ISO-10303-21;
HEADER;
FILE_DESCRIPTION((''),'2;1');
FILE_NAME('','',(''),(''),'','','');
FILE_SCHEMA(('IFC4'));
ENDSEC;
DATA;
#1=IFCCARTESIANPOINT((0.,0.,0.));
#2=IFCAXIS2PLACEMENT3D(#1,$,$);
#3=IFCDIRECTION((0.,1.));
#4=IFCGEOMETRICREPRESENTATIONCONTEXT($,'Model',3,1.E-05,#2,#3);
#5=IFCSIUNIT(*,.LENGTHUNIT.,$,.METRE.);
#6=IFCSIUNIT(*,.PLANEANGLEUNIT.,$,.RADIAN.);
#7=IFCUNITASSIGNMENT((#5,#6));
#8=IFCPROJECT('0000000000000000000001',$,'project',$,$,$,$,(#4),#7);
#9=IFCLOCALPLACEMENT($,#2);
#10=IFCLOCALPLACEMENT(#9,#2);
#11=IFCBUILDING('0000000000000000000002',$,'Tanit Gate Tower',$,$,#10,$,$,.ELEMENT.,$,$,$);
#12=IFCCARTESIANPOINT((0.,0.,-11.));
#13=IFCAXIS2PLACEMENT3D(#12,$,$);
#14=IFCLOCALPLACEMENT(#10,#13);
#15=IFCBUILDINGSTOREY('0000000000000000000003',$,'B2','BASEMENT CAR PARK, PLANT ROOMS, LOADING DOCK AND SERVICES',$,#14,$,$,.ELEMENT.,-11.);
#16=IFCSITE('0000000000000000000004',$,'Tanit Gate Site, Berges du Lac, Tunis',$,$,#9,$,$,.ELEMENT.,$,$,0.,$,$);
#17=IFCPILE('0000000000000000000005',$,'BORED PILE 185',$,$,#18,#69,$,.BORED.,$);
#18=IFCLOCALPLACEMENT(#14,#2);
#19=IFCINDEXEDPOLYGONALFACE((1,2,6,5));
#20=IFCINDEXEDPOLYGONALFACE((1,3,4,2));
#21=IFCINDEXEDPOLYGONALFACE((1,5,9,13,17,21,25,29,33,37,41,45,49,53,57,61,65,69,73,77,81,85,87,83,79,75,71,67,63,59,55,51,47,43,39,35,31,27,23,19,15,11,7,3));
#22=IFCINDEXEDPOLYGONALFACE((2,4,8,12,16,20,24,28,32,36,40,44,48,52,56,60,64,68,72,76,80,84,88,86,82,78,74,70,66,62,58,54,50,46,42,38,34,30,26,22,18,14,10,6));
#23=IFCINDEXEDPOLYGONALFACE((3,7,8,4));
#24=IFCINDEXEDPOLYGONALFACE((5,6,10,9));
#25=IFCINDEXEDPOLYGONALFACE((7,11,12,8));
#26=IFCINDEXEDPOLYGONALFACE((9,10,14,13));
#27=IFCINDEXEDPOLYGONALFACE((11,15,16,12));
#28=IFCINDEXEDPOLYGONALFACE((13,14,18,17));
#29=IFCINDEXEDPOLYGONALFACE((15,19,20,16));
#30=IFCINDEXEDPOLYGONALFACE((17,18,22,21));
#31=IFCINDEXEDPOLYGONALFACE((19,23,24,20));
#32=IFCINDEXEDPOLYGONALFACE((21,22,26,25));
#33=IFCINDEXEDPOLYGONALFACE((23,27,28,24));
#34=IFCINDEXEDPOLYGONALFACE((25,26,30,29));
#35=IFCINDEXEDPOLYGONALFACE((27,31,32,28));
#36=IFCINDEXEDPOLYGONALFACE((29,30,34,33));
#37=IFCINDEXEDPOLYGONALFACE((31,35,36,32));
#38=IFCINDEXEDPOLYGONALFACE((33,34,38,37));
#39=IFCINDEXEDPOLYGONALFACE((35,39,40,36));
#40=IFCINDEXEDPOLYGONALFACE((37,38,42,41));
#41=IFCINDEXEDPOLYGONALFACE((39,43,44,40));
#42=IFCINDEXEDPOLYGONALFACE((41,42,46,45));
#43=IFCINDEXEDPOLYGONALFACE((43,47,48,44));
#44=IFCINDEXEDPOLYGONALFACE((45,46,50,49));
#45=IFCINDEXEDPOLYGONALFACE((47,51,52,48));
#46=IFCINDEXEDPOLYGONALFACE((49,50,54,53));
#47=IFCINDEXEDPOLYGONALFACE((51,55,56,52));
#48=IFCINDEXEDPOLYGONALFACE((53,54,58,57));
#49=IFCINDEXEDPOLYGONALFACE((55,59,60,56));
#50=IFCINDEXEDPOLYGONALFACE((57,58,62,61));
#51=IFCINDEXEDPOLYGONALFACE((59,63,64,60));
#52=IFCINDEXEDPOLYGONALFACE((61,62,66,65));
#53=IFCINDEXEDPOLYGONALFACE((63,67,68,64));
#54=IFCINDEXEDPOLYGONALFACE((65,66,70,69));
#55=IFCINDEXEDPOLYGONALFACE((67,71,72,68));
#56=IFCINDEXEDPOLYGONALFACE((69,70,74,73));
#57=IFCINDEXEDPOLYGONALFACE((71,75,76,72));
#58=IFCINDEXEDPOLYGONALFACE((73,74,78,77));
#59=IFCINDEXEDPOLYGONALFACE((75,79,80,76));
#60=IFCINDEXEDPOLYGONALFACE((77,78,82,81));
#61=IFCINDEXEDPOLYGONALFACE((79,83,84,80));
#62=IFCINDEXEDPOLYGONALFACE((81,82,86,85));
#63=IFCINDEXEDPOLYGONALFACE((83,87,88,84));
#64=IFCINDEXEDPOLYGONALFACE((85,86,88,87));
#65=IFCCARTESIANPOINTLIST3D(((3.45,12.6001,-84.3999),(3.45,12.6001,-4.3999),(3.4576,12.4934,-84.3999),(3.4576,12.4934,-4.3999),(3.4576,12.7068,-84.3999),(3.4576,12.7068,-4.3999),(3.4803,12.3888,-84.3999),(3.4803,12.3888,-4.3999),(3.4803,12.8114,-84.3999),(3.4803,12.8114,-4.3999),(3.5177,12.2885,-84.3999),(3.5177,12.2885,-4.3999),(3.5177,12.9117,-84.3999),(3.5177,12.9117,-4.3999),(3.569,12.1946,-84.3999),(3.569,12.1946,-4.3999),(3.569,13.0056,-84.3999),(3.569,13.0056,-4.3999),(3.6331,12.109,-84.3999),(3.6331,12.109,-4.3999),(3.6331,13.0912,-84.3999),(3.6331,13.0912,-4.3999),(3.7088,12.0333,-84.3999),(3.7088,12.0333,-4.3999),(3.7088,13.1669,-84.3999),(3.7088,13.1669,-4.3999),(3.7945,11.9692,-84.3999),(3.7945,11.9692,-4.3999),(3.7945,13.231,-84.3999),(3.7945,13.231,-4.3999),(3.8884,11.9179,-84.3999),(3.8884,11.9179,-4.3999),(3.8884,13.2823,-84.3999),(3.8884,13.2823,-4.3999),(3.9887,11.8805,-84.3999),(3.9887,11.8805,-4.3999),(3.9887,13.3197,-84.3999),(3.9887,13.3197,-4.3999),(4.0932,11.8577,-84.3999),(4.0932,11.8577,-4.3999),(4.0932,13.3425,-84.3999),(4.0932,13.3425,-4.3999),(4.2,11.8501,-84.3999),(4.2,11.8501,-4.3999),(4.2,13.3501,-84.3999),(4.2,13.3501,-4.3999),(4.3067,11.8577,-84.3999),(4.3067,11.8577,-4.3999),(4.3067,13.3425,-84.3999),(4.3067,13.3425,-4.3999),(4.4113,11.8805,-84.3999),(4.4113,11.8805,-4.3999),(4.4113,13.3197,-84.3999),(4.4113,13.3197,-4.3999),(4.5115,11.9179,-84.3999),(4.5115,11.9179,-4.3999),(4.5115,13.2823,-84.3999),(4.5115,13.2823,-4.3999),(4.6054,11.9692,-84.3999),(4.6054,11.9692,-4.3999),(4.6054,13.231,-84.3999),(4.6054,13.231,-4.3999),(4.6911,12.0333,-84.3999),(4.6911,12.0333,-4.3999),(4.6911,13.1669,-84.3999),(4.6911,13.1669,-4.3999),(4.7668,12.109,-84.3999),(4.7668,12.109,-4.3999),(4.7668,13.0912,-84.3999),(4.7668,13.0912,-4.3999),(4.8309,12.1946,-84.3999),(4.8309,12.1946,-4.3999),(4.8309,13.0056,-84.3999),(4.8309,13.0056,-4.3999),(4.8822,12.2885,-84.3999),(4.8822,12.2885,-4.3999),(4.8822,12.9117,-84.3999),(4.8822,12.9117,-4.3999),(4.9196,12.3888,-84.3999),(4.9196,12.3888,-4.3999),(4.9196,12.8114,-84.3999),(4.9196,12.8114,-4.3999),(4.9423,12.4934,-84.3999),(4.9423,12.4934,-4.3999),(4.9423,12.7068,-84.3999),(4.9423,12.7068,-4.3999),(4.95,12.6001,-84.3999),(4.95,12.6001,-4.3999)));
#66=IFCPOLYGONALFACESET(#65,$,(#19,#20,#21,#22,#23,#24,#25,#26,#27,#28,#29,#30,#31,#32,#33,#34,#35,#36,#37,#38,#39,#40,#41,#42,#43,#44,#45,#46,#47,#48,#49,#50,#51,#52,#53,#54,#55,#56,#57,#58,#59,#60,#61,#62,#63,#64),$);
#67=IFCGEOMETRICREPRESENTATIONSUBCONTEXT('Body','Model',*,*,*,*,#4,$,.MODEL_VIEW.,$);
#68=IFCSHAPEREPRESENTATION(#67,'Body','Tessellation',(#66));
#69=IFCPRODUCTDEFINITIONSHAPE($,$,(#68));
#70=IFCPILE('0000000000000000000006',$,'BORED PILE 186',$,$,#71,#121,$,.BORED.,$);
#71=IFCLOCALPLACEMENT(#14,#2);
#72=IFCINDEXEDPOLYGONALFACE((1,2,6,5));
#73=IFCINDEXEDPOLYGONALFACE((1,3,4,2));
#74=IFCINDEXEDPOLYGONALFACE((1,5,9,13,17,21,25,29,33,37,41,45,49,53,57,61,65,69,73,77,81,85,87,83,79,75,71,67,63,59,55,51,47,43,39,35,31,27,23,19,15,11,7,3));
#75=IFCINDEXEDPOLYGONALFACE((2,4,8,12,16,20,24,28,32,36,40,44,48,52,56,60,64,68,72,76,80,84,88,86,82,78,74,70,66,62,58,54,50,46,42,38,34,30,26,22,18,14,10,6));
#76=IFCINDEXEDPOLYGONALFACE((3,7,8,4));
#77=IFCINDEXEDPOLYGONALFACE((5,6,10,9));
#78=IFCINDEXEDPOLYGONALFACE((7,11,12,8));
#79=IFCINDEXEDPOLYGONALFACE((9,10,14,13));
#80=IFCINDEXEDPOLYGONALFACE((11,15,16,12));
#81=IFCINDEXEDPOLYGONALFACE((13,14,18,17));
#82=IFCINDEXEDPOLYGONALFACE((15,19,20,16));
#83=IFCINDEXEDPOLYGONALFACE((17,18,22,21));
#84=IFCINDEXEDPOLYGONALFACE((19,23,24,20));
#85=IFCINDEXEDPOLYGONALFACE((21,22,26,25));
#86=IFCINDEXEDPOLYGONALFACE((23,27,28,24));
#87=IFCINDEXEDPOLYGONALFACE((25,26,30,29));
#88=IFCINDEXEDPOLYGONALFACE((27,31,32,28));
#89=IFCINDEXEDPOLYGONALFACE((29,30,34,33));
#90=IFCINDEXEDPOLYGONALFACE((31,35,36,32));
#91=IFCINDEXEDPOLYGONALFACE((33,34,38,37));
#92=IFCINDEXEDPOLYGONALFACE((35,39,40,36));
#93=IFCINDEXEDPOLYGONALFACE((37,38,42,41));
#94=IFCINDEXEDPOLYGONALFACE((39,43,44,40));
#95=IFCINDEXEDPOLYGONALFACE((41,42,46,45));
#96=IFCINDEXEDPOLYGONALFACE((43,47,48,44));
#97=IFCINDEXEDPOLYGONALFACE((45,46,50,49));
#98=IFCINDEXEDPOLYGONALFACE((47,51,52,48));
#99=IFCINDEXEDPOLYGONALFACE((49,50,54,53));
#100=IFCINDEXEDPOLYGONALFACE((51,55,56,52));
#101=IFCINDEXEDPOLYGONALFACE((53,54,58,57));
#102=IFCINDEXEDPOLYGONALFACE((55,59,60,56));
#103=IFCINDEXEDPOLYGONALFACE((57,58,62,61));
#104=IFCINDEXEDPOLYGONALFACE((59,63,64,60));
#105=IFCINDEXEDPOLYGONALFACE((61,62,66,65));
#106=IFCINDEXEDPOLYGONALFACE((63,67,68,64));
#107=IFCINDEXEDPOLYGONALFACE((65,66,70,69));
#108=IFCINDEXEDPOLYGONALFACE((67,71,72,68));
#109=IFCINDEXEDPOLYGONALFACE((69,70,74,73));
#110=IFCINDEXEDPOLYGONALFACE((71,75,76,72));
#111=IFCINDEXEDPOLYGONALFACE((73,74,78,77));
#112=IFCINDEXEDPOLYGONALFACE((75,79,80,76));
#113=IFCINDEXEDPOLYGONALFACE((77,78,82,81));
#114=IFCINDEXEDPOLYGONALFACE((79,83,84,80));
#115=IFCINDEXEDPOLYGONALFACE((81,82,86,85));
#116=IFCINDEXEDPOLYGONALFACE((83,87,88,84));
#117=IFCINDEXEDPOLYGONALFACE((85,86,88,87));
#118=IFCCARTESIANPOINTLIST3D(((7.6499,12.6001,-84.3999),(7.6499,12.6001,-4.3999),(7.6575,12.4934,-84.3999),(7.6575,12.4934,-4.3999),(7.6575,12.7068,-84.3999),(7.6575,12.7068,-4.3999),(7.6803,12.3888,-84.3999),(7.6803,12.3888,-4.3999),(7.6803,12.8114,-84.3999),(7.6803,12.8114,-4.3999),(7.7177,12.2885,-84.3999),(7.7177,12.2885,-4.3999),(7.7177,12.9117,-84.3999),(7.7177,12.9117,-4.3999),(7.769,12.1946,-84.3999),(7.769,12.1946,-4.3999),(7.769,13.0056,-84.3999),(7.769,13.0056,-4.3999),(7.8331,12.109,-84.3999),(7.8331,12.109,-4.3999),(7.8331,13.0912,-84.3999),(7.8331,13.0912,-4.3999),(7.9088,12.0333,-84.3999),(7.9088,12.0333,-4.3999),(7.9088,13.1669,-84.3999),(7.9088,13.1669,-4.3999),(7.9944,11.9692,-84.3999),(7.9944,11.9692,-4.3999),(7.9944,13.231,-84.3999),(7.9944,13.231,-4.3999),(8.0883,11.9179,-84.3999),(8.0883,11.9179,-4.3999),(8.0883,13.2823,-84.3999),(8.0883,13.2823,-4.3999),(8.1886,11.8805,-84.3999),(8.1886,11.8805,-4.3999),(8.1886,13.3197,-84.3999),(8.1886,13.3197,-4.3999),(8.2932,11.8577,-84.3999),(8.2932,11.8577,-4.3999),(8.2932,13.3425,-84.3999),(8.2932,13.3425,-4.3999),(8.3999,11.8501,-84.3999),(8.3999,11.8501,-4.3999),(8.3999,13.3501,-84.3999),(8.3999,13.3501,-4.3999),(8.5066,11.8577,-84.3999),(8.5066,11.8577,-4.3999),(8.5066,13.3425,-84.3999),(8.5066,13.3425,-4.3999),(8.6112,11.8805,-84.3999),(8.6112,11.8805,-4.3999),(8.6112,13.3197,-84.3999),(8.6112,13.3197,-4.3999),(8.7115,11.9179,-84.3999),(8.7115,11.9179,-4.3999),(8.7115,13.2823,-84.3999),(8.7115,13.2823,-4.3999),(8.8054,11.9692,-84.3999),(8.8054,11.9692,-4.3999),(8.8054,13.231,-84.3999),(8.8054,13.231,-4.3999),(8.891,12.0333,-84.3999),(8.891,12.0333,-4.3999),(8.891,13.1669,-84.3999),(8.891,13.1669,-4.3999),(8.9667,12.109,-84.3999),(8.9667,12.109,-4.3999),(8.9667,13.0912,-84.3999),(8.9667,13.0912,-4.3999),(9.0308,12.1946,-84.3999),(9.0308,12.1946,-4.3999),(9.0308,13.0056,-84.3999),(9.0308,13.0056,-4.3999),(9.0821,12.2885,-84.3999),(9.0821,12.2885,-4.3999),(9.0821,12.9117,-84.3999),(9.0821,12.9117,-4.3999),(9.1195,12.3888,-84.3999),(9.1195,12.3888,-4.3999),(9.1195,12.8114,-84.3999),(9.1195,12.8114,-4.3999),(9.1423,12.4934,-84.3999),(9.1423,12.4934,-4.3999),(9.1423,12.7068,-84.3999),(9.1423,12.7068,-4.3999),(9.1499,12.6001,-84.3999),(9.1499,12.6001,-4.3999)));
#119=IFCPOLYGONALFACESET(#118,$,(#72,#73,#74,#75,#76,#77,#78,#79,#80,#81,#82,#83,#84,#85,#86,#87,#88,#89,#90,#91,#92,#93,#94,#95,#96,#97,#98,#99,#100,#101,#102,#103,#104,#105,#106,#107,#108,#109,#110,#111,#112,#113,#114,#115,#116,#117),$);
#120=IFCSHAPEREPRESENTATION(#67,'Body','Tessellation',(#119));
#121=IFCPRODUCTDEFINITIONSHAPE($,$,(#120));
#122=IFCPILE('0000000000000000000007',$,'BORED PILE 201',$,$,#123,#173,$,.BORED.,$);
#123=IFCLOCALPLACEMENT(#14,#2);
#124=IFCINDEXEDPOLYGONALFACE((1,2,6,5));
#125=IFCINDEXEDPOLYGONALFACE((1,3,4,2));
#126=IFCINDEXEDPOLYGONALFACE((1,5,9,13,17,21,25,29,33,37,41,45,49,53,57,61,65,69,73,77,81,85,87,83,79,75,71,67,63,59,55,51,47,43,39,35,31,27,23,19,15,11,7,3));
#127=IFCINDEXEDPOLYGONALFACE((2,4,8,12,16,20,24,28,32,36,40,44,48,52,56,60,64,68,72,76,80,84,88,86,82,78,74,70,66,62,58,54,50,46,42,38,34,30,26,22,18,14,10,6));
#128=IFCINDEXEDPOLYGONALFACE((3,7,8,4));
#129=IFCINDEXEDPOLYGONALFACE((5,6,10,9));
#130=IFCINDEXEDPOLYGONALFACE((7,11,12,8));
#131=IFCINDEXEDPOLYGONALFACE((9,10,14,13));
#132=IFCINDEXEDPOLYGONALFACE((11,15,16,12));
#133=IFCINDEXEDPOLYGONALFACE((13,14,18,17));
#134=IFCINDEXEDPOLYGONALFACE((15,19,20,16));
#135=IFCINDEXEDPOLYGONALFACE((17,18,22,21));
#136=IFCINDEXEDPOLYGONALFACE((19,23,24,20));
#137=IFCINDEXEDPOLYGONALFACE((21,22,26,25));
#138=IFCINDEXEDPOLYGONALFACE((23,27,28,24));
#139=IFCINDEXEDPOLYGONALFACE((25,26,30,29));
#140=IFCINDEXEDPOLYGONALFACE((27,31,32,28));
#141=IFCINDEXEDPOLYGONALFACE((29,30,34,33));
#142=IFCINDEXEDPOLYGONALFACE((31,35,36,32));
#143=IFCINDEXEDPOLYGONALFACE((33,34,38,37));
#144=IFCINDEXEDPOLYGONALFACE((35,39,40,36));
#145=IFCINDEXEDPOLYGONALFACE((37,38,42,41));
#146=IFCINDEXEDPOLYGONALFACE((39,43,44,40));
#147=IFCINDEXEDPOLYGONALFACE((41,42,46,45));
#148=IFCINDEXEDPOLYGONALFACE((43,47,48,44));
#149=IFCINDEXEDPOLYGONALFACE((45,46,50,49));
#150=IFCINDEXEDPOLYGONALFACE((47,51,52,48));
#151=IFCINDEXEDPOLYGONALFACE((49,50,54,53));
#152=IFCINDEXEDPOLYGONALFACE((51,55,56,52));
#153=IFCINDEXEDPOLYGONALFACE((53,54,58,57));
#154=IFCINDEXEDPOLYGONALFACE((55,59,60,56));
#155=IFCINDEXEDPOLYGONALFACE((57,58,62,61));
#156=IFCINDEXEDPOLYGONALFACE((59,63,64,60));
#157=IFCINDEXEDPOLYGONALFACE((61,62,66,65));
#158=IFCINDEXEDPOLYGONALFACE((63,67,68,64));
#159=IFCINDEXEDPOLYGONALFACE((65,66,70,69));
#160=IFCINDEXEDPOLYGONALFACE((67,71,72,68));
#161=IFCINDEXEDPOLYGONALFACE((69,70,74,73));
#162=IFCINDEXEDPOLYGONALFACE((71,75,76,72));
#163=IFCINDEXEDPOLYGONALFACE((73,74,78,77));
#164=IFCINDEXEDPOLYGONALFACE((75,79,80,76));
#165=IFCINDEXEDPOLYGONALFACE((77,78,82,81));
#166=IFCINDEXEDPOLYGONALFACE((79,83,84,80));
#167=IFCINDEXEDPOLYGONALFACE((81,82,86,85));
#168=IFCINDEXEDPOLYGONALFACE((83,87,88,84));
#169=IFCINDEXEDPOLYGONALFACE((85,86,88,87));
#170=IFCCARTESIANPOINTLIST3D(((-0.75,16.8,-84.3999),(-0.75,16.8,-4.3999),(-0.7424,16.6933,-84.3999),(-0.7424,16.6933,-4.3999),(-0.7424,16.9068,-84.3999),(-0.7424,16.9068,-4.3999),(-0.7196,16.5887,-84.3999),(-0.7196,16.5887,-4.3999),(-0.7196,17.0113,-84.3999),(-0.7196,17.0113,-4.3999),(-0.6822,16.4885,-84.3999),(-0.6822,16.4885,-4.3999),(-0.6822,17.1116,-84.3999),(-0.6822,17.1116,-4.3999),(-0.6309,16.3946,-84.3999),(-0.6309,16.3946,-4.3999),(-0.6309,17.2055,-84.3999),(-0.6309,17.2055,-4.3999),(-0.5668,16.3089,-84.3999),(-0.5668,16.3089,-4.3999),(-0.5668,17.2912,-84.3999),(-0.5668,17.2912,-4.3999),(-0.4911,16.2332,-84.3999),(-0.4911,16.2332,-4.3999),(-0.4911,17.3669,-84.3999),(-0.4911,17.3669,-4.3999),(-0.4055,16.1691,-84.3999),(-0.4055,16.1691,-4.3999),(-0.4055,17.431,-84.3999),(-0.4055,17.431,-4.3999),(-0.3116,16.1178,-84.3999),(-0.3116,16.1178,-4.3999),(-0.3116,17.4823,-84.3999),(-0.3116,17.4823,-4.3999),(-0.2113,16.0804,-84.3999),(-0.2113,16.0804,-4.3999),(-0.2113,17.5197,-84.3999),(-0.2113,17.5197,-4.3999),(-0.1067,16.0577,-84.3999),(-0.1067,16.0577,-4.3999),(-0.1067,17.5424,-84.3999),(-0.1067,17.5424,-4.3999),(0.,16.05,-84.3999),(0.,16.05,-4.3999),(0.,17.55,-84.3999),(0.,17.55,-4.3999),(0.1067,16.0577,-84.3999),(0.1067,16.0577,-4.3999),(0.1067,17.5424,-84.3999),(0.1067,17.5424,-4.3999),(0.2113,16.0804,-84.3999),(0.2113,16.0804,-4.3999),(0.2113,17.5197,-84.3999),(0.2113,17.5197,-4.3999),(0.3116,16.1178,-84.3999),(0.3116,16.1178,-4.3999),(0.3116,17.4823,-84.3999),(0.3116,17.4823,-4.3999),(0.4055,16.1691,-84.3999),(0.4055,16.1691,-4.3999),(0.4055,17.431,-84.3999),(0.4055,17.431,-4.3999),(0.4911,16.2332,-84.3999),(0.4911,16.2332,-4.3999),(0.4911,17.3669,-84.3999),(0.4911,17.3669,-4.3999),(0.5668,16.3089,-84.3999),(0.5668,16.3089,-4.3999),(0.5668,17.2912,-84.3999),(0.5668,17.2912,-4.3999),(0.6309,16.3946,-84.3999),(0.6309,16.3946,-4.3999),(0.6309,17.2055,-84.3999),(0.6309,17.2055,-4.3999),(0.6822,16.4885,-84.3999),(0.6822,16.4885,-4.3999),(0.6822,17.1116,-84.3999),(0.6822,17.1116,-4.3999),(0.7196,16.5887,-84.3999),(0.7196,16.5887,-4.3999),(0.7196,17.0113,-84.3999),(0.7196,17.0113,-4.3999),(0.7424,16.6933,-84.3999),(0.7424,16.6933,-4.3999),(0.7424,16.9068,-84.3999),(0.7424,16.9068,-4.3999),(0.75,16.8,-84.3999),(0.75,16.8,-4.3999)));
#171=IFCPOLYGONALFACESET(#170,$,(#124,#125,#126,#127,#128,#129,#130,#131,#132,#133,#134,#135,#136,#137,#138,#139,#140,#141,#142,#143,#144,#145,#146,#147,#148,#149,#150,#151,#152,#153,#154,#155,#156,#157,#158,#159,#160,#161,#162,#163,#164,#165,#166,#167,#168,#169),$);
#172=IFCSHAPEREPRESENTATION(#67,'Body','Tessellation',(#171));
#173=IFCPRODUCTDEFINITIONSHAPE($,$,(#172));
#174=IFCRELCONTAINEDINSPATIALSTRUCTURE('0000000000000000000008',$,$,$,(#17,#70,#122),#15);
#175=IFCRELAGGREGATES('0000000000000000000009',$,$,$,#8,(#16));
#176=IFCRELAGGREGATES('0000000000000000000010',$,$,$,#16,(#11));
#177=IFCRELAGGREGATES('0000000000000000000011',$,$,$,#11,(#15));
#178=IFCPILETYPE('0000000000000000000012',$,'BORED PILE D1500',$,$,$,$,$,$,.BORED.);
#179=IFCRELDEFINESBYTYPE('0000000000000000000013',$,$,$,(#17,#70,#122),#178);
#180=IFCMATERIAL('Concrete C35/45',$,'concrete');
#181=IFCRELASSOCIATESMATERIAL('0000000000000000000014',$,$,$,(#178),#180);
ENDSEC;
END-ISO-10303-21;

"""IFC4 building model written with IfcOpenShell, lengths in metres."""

from ifc_helpers import new_model, si_unit, direction, frame, origin, origin_2d, place, context, subcontext, project, spatial, circle, extrude, material, material_profile, profile_set, type_object, element, save


model = new_model("IFC4")

# Units and contexts
model_context = context("Model", 3, precision=1e-05, world=origin(), true_north=direction((0.0, 1.0)))
body_context = subcontext(model_context, "Body", "Model", "MODEL_VIEW")
ifc_project = project(units=[si_unit("LENGTHUNIT", "METRE"), si_unit("PLANEANGLEUNIT", "RADIAN")], contexts=[model_context])

# Site, building, storey
site_placement = place(None, origin())
site = spatial("IfcSite", under=ifc_project, at=site_placement, Name="Tanit Gate Site, Berges du Lac, Tunis", CompositionType="ELEMENT", RefElevation=0.0)
building_placement = place(site_placement, origin())
building = spatial("IfcBuilding", under=site, at=building_placement, Name="Tanit Gate Tower", CompositionType="ELEMENT")
storey_placement = place(building_placement, frame((0.0, 0.0, -11.0)))
storey = spatial("IfcBuildingStorey", under=building, at=storey_placement, Name="B2", Description="BASEMENT CAR PARK, PLANT ROOMS, LOADING DOCK AND SERVICES", CompositionType="ELEMENT", Elevation=-11.0)

# Piles
ifc_material_1 = material(Name="Concrete C35/45", Category="concrete")
ifc_material_profile_1 = material_profile(ifc_material_1, circle(Radius=0.75, at=origin_2d()), Name="BORED PILE D1500 C35/45")
ifc_profile_set_1 = profile_set([ifc_material_profile_1], Name="Concrete C35/45")
pile_type = type_object("IfcPileType", Name="BORED PILE D1500", PredefinedType="BORED", material=ifc_profile_set_1)
for number, where, z_axis, x_axis, name in (
    (1, (4.2, 12.6001, -4.3999), (0.0, 0.0, -1.0), (1.0, 0.0, 0.0), "BORED PILE 185"),
    (2, (8.3999, 12.6001, -4.3999), (0.0, 0.0, -1.0), (1.0, 0.0, 0.0), "BORED PILE 186"),
    (3, (0.0, 16.8, -4.3999), (0.0, 0.0, -1.0), (1.0, 0.0, 0.0), "BORED PILE 201"),
):
    element("IfcPile", number, at=place(storey_placement, frame(where, z_axis=z_axis, x_axis=x_axis)), inside=storey, type_object=pile_type, Name=name, PredefinedType="BORED", context=body_context, shape_type="SweptSolid", body=[
        extrude(circle(Radius=0.75, at=origin_2d()), origin(), (0.0, 0.0, 1.0), 80.0),
    ])

save(model, "model.ifc")
